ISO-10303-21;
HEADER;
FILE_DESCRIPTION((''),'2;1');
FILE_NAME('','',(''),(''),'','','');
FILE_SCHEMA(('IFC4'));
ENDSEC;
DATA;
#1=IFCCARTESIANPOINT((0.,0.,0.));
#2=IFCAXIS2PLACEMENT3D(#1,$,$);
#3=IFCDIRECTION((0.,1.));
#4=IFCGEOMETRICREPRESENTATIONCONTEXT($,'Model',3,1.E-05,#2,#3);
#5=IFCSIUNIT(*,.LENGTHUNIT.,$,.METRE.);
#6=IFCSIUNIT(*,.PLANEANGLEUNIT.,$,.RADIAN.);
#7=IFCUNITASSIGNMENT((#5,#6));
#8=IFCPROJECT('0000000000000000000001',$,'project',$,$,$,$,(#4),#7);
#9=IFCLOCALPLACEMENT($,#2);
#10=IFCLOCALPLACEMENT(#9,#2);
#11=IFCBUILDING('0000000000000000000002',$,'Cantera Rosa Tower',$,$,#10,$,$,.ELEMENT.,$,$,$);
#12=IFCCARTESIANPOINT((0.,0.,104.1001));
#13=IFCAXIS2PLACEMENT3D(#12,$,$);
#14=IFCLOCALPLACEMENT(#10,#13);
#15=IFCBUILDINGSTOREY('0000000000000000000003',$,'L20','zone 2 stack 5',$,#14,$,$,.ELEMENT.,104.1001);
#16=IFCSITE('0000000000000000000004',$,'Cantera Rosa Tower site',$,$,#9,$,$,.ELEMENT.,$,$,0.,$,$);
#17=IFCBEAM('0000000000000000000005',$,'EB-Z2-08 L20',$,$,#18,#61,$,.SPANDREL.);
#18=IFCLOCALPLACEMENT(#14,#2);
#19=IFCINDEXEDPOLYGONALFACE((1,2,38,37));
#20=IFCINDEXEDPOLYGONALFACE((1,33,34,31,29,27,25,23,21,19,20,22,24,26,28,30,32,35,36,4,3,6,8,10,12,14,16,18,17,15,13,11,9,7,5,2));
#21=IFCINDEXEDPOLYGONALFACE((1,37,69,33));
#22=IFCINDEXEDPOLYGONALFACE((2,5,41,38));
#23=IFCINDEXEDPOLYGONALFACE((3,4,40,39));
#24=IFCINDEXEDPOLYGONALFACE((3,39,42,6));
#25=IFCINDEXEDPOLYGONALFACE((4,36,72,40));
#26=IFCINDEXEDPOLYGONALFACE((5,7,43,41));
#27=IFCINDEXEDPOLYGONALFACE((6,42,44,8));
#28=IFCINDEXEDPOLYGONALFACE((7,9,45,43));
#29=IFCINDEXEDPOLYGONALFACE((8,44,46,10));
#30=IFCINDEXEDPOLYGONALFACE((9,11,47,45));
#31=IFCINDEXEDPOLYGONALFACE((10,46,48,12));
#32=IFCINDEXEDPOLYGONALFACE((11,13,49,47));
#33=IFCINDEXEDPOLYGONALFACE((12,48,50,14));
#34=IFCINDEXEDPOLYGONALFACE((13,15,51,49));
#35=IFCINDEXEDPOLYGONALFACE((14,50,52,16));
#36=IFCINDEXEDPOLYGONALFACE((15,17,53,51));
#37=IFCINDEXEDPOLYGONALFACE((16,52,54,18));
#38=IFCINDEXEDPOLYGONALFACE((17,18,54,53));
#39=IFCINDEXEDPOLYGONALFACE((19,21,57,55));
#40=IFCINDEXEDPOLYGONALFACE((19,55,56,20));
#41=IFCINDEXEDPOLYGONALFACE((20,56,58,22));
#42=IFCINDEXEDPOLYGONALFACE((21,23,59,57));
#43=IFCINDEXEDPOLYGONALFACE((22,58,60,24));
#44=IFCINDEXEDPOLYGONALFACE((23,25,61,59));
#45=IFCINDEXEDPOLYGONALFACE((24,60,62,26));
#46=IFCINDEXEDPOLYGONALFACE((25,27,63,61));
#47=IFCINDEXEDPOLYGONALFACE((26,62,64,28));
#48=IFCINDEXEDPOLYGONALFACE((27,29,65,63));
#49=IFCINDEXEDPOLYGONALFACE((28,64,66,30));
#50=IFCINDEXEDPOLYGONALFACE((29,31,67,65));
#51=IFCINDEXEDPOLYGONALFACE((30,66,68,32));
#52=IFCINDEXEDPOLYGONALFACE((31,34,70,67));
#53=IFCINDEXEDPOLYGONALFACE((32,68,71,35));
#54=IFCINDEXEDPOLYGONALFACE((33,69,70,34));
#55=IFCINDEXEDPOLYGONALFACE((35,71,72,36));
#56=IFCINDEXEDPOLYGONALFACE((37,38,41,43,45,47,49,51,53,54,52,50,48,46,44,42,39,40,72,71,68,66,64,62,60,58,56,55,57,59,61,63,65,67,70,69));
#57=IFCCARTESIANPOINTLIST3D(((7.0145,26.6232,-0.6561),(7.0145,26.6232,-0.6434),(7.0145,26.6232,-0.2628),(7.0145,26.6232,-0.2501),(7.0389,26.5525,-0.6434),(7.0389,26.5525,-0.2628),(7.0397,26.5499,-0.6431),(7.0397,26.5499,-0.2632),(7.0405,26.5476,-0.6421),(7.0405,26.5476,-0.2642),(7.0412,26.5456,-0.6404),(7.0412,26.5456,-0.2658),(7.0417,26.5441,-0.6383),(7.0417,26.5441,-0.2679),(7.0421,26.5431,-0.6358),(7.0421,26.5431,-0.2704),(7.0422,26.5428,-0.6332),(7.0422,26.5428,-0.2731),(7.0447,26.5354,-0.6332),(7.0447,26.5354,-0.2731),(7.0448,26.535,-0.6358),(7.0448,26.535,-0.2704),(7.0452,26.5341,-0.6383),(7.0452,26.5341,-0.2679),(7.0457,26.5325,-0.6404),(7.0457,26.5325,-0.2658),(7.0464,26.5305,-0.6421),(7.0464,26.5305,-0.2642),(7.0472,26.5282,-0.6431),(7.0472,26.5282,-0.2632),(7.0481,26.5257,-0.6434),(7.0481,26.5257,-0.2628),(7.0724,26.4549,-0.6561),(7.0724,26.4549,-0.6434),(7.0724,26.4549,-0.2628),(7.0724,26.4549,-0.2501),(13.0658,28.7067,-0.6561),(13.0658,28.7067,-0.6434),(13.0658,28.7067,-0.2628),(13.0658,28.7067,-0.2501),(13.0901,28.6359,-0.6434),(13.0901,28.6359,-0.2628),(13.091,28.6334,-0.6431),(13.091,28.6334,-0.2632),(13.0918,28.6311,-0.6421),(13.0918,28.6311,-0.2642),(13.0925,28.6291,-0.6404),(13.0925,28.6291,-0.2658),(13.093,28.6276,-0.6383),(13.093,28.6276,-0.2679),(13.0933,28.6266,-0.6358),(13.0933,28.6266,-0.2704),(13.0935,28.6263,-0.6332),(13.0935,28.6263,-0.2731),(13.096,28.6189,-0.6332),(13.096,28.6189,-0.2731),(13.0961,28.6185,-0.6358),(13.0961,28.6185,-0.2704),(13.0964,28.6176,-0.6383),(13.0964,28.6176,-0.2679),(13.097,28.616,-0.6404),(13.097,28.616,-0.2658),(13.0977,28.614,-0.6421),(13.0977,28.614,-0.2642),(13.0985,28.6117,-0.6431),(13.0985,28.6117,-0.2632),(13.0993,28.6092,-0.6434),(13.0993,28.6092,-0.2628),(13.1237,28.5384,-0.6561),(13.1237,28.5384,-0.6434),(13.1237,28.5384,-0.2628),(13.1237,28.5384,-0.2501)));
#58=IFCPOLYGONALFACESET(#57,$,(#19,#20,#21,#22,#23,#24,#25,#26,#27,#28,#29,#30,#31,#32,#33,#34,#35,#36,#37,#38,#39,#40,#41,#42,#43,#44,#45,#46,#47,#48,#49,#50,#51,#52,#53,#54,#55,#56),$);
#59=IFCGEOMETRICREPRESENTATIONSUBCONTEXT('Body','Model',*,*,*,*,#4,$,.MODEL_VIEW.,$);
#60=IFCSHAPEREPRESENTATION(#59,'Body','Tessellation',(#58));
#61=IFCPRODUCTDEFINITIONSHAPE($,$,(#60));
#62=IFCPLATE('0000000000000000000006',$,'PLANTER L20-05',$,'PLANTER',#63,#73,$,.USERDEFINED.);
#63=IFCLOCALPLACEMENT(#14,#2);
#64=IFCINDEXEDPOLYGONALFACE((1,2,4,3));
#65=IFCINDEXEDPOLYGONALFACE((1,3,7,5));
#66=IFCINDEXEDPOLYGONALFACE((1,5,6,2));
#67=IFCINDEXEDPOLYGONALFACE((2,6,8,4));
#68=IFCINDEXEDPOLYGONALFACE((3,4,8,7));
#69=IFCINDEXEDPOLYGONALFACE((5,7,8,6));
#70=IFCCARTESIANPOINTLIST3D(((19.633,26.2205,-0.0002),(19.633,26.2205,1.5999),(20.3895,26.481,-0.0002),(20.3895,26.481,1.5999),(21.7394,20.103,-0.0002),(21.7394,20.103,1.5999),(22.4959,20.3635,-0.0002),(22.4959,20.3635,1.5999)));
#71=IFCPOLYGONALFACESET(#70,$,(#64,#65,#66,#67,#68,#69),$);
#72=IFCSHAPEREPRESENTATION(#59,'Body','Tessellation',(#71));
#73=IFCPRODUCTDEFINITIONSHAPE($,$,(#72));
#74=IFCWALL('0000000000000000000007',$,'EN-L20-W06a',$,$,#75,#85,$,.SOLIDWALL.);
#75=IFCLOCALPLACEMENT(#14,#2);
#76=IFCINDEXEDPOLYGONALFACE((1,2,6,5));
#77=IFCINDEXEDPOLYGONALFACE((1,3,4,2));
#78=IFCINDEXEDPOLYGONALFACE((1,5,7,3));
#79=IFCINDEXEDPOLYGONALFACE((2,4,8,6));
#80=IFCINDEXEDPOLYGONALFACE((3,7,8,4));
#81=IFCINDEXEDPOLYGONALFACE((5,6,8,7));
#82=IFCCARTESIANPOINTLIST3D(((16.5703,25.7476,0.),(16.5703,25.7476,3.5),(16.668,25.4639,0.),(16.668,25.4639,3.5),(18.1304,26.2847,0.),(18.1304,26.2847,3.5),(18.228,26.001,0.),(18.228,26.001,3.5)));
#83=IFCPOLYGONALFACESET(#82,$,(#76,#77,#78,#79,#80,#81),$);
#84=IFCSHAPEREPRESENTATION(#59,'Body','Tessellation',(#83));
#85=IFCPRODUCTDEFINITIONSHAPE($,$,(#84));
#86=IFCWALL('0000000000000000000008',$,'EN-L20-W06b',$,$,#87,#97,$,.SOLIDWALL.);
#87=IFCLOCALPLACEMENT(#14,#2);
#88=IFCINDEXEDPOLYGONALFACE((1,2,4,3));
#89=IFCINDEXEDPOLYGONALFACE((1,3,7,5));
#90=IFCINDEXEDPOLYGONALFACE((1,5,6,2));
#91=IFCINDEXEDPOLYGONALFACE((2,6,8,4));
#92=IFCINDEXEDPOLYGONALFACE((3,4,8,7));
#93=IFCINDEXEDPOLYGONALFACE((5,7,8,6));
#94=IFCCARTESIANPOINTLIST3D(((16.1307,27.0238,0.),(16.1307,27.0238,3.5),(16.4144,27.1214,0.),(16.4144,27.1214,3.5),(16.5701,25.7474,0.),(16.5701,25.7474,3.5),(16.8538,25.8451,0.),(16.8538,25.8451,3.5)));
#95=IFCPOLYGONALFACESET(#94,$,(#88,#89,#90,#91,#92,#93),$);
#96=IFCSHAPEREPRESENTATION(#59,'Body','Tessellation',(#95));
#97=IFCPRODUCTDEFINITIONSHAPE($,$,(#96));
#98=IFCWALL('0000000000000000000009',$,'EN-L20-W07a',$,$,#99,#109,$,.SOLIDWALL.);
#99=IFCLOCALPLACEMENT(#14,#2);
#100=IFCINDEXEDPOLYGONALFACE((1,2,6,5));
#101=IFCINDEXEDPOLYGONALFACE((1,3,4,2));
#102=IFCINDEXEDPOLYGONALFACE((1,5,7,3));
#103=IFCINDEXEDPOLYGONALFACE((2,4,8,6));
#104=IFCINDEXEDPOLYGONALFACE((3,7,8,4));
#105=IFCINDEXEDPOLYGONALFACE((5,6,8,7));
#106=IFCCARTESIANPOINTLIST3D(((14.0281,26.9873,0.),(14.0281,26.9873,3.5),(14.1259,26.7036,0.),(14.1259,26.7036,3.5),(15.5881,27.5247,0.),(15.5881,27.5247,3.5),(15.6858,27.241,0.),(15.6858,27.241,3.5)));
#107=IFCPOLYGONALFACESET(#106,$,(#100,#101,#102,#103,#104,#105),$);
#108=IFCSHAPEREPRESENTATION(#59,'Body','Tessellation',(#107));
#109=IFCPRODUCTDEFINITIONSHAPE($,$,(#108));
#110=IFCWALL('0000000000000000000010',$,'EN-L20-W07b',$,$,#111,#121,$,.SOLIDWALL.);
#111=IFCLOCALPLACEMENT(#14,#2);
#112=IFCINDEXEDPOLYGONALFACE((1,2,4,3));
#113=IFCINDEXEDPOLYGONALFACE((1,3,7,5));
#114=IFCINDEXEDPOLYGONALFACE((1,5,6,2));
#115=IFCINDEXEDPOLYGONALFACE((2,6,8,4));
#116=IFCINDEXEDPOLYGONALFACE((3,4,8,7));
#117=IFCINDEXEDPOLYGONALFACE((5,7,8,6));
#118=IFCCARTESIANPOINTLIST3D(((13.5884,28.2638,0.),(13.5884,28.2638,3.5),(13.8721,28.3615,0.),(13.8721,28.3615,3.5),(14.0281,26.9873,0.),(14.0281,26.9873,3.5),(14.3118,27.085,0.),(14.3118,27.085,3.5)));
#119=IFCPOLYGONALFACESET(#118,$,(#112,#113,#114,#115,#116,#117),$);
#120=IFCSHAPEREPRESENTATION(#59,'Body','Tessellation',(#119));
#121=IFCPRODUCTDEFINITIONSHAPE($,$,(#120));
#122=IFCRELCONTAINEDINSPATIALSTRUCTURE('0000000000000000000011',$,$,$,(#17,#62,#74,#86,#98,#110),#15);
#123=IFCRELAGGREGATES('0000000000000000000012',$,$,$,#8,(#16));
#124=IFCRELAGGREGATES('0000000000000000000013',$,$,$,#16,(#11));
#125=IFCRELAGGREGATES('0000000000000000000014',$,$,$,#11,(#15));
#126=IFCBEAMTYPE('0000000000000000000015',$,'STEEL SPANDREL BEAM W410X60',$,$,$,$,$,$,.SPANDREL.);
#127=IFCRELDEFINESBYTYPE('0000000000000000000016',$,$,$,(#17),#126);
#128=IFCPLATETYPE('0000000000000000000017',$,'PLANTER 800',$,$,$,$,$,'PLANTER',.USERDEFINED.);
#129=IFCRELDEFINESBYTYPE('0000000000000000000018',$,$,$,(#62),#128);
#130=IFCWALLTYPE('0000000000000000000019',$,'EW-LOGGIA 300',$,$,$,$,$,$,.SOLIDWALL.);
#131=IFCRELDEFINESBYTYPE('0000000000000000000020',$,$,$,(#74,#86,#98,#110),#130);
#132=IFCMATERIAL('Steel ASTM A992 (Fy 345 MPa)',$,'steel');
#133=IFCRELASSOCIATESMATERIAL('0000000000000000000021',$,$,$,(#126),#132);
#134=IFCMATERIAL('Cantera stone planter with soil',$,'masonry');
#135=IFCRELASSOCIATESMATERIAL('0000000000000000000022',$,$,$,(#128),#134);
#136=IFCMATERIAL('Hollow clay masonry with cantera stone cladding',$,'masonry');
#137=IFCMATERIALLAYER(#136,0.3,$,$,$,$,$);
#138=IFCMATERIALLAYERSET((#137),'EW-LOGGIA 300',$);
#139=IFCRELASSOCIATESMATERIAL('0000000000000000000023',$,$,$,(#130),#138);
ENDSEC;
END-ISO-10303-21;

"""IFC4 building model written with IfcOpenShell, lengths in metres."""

from ifc_helpers import new_model, si_unit, direction, frame, frame_2d, origin, origin_2d, place, context, subcontext, project, spatial, rectangle, i_section, extrude, material, layer, layer_set, material_profile, profile_set, type_object, element, save


model = new_model("IFC4")

# Units and contexts
model_context = context("Model", 3, precision=1e-05, world=origin(), true_north=direction((0.0, 1.0)))
body_context = subcontext(model_context, "Body", "Model", "MODEL_VIEW")
ifc_project = project(units=[si_unit("LENGTHUNIT", "METRE"), si_unit("PLANEANGLEUNIT", "RADIAN")], contexts=[model_context])

# Site, building, storey
site_placement = place(None, origin())
site = spatial("IfcSite", under=ifc_project, at=site_placement, Name="Cantera Rosa Tower site", CompositionType="ELEMENT", RefElevation=0.0)
building_placement = place(site_placement, origin())
building = spatial("IfcBuilding", under=site, at=building_placement, Name="Cantera Rosa Tower", CompositionType="ELEMENT")
storey_placement = place(building_placement, frame((0.0, 0.0, 104.1001)))
storey = spatial("IfcBuildingStorey", under=building, at=storey_placement, Name="L20", Description="zone 2 stack 5", CompositionType="ELEMENT", Elevation=104.1001)

# Beam
ifc_material_1 = material(Name="Steel ASTM A992 (Fy 345 MPa)", Category="steel")
ifc_material_profile_1 = material_profile(ifc_material_1, i_section(OverallWidth=0.178, OverallDepth=0.406, WebThickness=0.0078, FlangeThickness=0.0127, FilletRadius=0.0103, at=origin_2d()), Name="W410X60")
ifc_profile_set_1 = profile_set([ifc_material_profile_1], Name="Steel ASTM A992 (Fy 345 MPa)")
beam_type_1 = type_object("IfcBeamType", Name="STEEL SPANDREL BEAM W410X60", PredefinedType="SPANDREL", material=ifc_profile_set_1)
beam_1_placement = place(storey_placement, frame((13.0947, 28.6226, -0.4531), z_axis=(-0.945524, -0.325551, 0.0), x_axis=(0.325551, -0.945524, 0.0)))
element("IfcBeam", 1, at=beam_1_placement, inside=storey, type_object=beam_type_1, Name="EB-Z2-08 L20", PredefinedType="SPANDREL", context=body_context, shape_type="SweptSolid", body=[
    extrude(i_section(OverallWidth=0.178, OverallDepth=0.406, WebThickness=0.0078, FlangeThickness=0.0127, FilletRadius=0.0103, at=origin_2d()), origin(), (0.0, 0.0, 1.0), 6.3999),
])

# Plate
ifc_material_2 = material(Name="Cantera stone planter with soil", Category="masonry")
plate_type = type_object("IfcPlateType", Name="PLANTER 800", ElementType="PLANTER", PredefinedType="USERDEFINED", material=ifc_material_2)
plate_placement = place(storey_placement, frame((21.0645, 23.292, -0.0002), z_axis=(0.0, 0.0, 1.0), x_axis=(-0.325568, 0.945519, 0.0)))
element("IfcPlate", 2, at=plate_placement, inside=storey, type_object=plate_type, Name="PLANTER L20-05", ObjectType="PLANTER", PredefinedType="USERDEFINED", context=body_context, shape_type="SweptSolid", body=[
    extrude(rectangle(XDim=6.47, YDim=0.8, at=origin_2d()), origin(), (0.0, 0.0, 1.0), 1.6001),
])

# Walls
ifc_material_3 = material(Name="Hollow clay masonry with cantera stone cladding", Category="masonry")
ifc_layer_1 = layer(ifc_material_3, 0.3)
ifc_layer_set_1 = layer_set([ifc_layer_1], Name="EW-LOGGIA 300")
wall_type_1 = type_object("IfcWallType", Name="EW-LOGGIA 300", PredefinedType="SOLIDWALL", material=ifc_layer_set_1)
wall_1_placement = place(storey_placement, frame((18.1792, 26.1428, 0.0), z_axis=(0.0, 0.0, 1.0), x_axis=(-0.94553, -0.325535, 0.0)))
element("IfcWall", 3, at=wall_1_placement, inside=storey, type_object=wall_type_1, Name="EN-L20-W06a", PredefinedType="SOLIDWALL", context=body_context, shape_type="SweptSolid", body=[
    extrude(rectangle(XDim=1.6499, YDim=0.3, at=frame_2d((0.825, 0.0))), origin(), (0.0, 0.0, 1.0), 3.5),
])
wall_2_placement = place(storey_placement, frame((16.7119, 25.7964, 0.0), z_axis=(0.0, 0.0, 1.0), x_axis=(-0.325545, 0.945527, 0.0)))
element("IfcWall", 4, at=wall_2_placement, inside=storey, type_object=wall_type_1, Name="EN-L20-W06b", PredefinedType="SOLIDWALL", context=body_context, shape_type="SweptSolid", body=[
    extrude(rectangle(XDim=1.3499, YDim=0.3, at=frame_2d((0.6748, 0.0))), origin(), (0.0, 0.0, 1.0), 3.5),
])
wall_3_placement = place(storey_placement, frame((15.637, 27.3828, 0.0), z_axis=(0.0, 0.0, 1.0), x_axis=(-0.945485, -0.325667, 0.0)))
element("IfcWall", 5, at=wall_3_placement, inside=storey, type_object=wall_type_1, Name="EN-L20-W07a", PredefinedType="SOLIDWALL", context=body_context, shape_type="SweptSolid", body=[
    extrude(rectangle(XDim=1.6499, YDim=0.3, at=frame_2d((0.825, 0.0))), origin(), (0.0, 0.0, 1.0), 3.5),
])
wall_4_placement = place(storey_placement, frame((14.1699, 27.0361, 0.0), z_axis=(0.0, 0.0, 1.0), x_axis=(-0.325651, 0.94549, 0.0)))
element("IfcWall", 6, at=wall_4_placement, inside=storey, type_object=wall_type_1, Name="EN-L20-W07b", PredefinedType="SOLIDWALL", context=body_context, shape_type="SweptSolid", body=[
    extrude(rectangle(XDim=1.3501, YDim=0.3, at=frame_2d((0.675, 0.0))), origin(), (0.0, 0.0, 1.0), 3.5),
])

save(model, "model.ifc")
